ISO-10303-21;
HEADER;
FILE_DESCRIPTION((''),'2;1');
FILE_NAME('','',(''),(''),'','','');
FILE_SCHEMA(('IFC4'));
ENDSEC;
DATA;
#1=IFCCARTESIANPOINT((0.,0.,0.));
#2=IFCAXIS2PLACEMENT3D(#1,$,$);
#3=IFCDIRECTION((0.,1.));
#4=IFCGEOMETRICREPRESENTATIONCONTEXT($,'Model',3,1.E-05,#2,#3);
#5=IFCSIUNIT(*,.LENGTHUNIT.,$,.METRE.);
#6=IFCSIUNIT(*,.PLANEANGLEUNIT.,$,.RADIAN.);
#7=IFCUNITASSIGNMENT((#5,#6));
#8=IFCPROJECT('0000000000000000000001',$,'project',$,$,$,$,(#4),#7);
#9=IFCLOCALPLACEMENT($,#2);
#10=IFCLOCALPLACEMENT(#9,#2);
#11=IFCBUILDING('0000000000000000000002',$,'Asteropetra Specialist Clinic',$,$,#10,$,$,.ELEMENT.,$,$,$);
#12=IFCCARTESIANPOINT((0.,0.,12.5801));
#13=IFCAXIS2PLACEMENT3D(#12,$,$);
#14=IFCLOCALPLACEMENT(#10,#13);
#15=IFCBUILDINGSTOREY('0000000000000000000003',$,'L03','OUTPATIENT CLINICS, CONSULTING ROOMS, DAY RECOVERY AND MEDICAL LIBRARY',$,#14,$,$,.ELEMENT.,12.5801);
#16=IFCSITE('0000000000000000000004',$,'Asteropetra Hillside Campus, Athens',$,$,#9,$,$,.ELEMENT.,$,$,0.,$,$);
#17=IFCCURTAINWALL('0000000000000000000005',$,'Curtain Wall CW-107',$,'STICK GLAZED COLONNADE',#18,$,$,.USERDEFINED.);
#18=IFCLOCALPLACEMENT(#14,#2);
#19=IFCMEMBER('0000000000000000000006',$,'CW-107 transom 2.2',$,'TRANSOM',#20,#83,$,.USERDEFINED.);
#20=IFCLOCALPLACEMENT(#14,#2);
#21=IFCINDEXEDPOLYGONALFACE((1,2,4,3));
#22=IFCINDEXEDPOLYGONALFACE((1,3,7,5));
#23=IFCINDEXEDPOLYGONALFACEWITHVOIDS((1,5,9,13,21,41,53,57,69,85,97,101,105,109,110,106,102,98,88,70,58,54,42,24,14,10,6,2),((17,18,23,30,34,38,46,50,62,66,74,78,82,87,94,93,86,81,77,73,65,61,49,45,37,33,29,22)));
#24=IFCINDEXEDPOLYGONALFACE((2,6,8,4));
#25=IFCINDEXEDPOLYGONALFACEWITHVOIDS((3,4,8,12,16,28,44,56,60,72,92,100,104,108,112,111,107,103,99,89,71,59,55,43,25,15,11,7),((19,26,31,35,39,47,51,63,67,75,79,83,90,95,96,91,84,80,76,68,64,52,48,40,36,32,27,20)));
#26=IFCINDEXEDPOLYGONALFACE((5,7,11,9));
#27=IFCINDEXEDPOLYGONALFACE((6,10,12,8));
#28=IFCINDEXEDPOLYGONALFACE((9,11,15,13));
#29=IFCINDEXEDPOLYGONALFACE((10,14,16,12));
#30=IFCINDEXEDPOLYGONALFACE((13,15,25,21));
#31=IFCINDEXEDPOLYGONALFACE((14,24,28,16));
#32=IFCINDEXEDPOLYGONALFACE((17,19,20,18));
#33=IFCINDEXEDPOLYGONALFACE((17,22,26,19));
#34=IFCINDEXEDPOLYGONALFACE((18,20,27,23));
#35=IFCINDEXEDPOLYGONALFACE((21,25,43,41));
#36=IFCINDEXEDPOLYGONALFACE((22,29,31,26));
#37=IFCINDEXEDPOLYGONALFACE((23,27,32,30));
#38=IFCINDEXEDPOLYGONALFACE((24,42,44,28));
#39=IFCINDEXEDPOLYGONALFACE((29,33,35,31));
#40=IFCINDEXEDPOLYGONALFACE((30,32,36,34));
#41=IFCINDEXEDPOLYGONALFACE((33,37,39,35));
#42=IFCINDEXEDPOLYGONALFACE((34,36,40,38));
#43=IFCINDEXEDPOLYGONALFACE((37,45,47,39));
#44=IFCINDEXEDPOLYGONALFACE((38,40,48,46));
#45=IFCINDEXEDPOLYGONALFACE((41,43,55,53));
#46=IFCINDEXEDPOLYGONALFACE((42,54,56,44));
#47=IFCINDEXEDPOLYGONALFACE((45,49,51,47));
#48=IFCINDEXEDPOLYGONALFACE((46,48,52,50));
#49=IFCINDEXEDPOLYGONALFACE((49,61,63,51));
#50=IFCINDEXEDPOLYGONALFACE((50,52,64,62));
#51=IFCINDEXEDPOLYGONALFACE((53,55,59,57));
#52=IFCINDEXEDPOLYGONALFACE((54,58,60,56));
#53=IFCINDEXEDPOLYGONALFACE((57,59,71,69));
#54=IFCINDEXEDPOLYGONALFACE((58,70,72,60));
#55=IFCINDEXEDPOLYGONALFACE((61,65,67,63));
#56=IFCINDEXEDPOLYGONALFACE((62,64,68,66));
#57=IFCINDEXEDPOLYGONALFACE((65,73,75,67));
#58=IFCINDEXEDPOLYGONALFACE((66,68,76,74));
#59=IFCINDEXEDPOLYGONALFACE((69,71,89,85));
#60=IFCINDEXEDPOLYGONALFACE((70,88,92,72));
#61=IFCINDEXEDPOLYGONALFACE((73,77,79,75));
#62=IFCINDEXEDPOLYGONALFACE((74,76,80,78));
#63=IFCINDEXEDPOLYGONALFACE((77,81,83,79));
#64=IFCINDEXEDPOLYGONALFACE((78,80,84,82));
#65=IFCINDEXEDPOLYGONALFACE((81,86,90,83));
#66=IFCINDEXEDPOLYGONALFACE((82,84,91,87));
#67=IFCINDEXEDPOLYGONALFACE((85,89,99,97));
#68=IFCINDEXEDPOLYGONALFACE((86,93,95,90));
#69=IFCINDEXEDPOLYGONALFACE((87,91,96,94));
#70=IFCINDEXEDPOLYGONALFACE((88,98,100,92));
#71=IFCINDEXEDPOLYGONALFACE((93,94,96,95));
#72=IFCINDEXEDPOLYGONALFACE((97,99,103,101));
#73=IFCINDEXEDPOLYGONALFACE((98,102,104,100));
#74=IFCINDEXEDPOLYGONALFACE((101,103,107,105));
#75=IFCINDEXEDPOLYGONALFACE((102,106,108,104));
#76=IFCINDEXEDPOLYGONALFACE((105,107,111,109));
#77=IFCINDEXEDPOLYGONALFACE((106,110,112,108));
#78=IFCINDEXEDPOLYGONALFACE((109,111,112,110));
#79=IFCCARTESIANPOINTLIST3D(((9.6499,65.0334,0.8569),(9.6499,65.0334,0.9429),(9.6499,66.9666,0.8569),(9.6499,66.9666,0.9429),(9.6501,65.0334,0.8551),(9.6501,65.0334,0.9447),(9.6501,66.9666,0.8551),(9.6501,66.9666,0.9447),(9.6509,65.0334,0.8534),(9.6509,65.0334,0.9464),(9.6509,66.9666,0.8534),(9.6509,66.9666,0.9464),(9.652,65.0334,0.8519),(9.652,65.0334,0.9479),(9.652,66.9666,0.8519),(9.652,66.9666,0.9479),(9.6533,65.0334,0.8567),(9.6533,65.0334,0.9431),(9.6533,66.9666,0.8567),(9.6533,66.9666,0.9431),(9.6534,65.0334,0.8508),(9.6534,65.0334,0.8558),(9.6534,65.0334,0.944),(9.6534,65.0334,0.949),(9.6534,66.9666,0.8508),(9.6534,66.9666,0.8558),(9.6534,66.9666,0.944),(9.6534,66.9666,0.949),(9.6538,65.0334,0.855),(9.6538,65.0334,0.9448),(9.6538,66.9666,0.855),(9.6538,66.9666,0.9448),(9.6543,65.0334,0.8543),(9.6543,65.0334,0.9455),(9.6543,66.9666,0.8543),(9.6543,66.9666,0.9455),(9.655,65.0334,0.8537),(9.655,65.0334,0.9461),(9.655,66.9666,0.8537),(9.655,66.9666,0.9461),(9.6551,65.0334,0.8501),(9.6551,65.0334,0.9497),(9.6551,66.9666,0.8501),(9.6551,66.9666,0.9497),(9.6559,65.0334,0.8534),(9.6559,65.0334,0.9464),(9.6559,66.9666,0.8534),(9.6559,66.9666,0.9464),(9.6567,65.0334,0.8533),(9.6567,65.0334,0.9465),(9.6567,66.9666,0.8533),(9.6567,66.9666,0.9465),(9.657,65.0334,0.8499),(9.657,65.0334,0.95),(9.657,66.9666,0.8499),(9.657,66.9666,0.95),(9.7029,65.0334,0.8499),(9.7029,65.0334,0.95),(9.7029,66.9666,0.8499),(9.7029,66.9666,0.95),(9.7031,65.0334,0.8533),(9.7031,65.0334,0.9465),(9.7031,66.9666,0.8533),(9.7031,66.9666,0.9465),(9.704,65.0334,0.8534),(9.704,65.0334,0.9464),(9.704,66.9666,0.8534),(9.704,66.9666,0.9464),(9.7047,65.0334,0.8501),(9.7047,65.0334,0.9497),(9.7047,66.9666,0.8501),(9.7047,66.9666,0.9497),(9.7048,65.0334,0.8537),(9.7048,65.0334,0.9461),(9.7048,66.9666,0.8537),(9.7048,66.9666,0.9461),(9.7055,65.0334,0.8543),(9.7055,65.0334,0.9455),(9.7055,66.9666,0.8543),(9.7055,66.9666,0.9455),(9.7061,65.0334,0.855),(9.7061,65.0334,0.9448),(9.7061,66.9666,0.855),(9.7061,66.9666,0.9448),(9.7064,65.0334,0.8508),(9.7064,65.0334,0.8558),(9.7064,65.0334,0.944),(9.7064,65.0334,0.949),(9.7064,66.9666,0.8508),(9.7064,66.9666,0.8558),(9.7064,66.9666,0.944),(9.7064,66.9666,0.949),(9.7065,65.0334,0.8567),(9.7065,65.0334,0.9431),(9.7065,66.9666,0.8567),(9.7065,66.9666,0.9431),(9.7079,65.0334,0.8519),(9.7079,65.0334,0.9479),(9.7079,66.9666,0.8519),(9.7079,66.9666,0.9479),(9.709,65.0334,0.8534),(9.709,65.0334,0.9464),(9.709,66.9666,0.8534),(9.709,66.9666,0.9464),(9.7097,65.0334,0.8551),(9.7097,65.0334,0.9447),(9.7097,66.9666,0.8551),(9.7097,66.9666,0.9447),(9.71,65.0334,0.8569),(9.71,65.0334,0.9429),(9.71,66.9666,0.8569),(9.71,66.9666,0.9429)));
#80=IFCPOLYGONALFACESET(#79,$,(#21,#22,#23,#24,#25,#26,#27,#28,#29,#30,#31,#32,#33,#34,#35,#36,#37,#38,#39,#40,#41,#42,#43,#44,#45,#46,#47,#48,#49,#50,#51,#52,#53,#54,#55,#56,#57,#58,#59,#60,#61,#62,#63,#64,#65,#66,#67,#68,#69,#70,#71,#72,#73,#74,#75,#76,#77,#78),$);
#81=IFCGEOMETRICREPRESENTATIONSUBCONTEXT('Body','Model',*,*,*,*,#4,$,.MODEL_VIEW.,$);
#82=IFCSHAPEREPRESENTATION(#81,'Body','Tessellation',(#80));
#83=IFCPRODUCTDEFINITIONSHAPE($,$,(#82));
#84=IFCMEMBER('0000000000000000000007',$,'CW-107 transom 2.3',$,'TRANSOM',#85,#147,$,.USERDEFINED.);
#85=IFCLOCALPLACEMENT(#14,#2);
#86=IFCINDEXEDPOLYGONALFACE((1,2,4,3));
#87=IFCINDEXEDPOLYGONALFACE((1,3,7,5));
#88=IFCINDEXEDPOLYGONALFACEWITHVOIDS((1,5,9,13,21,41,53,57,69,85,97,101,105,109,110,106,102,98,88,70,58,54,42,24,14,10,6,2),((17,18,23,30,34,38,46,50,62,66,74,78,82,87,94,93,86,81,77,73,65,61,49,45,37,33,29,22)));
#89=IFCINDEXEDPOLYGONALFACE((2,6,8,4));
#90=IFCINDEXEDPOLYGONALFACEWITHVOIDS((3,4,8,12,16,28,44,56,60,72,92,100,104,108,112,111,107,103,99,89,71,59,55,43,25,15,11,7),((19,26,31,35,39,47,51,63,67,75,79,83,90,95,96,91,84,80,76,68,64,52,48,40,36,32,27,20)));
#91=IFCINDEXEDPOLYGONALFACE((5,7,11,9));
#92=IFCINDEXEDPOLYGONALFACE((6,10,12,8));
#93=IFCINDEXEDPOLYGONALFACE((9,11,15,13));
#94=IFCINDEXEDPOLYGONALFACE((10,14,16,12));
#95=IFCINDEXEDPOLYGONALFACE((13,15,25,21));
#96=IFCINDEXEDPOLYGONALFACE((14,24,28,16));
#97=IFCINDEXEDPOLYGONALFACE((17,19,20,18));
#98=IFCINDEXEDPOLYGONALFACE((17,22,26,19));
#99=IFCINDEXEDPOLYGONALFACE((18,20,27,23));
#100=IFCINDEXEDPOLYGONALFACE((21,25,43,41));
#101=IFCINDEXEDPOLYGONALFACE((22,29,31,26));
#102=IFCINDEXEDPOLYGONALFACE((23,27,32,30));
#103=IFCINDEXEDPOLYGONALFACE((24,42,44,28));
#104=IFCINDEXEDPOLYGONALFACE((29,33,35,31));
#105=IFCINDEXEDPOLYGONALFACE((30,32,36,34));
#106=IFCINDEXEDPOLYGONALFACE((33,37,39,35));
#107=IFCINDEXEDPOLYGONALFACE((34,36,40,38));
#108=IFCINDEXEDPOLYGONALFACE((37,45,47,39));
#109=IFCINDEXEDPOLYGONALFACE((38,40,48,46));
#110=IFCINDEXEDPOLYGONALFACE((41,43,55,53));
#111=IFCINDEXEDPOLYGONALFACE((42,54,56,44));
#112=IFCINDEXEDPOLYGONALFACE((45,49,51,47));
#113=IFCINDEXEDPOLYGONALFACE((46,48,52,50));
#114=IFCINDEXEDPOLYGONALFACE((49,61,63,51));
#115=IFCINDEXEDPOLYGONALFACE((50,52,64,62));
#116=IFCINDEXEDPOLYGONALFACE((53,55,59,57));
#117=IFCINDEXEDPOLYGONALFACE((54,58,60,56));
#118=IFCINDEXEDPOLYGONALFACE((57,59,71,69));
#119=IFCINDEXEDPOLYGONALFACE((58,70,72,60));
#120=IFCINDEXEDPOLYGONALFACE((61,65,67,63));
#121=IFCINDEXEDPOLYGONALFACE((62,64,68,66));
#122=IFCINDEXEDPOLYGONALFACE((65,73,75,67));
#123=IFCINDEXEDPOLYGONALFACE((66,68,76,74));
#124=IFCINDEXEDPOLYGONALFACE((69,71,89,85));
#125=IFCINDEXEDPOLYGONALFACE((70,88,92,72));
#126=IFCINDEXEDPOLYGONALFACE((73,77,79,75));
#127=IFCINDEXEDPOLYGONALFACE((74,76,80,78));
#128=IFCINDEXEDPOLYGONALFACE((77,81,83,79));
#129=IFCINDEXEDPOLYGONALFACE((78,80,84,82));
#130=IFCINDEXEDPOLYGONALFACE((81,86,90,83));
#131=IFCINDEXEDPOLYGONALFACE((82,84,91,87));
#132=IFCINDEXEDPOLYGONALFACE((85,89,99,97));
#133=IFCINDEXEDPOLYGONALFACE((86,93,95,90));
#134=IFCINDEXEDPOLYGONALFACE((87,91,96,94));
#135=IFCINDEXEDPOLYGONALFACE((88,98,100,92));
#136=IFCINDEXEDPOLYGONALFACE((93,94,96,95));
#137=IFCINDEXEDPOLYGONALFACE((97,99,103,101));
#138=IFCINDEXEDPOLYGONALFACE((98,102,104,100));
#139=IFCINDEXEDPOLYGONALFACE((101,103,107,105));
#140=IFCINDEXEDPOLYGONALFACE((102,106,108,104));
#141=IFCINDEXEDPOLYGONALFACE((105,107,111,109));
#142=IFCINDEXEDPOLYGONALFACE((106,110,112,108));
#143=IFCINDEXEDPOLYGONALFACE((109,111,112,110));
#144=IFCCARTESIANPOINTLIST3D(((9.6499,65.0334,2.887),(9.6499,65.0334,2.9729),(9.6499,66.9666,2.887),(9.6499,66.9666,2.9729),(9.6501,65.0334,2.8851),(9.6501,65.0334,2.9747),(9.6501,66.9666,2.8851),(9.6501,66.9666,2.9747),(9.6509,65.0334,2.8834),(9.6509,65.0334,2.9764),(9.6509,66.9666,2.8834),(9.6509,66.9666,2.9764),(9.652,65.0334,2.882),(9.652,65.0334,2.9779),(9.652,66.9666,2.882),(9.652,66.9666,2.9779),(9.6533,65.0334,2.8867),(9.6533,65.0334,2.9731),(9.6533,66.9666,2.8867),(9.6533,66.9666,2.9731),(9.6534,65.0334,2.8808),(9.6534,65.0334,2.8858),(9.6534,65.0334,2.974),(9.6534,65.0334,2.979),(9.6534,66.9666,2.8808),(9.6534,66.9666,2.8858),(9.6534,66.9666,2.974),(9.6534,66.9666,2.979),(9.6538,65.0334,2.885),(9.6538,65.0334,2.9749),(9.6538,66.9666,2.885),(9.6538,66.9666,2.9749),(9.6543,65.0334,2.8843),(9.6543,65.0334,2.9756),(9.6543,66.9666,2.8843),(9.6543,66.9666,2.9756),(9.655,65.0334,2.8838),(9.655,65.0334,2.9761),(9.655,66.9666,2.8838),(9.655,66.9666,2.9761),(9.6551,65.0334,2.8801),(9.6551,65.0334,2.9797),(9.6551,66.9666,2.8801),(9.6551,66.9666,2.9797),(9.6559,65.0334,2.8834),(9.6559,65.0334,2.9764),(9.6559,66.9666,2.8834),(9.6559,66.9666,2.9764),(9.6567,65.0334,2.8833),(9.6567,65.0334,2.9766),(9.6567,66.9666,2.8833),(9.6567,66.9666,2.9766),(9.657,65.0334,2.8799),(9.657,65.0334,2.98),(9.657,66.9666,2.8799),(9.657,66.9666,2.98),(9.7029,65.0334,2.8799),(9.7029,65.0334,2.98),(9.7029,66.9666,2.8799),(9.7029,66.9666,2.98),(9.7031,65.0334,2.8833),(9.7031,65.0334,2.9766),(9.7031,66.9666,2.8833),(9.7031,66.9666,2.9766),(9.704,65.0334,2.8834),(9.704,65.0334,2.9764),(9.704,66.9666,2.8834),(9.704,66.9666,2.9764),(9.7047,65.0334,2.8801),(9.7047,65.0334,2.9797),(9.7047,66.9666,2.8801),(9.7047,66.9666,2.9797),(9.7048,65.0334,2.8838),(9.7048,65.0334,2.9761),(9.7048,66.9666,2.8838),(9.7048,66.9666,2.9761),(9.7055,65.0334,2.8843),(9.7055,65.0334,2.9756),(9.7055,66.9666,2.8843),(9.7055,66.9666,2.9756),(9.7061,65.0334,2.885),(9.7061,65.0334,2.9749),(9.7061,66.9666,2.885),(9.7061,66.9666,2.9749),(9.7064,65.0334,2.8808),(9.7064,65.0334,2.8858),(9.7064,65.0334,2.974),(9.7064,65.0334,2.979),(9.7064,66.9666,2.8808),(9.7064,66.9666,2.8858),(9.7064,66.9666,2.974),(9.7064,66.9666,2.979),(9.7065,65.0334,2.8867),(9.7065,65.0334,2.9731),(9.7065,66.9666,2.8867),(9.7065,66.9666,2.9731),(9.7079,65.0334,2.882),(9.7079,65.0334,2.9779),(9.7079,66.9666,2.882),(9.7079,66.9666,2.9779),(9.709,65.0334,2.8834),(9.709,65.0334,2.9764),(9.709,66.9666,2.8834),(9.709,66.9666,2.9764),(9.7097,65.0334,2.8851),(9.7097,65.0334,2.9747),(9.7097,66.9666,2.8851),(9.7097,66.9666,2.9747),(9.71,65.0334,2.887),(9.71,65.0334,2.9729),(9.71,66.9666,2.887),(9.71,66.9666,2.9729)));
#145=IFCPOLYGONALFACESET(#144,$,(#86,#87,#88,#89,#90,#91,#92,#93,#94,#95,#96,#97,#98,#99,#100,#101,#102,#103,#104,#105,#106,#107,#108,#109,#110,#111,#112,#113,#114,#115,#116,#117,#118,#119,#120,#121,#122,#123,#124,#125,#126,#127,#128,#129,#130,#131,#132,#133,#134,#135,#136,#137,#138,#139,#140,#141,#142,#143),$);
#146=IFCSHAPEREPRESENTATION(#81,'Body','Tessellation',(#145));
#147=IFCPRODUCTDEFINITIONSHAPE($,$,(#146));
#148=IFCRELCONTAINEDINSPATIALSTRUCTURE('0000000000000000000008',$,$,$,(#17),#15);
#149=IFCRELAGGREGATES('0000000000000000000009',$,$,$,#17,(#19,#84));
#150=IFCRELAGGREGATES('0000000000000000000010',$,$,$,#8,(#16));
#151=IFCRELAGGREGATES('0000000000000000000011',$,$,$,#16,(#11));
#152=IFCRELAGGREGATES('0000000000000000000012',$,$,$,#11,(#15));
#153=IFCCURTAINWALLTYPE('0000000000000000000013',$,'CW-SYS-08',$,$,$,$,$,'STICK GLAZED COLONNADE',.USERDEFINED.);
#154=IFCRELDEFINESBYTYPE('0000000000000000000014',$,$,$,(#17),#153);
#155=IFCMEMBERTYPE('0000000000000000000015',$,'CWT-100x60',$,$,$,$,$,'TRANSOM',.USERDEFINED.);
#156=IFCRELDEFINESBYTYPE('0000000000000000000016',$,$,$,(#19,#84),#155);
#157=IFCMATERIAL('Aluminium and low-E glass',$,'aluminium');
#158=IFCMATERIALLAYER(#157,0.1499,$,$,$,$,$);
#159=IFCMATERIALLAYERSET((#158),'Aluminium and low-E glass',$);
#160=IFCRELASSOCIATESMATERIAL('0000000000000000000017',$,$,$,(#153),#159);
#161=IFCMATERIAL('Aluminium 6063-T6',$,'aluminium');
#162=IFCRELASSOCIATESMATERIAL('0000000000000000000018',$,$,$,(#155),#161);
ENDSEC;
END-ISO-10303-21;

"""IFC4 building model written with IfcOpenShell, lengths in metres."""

from ifc_helpers import new_model, si_unit, direction, frame, origin, origin_2d, place, context, subcontext, project, spatial, hollow_rectangle, extrude, material, layer, layer_set, material_profile, profile_set, type_object, element, aggregate, save


model = new_model("IFC4")

# Units and contexts
model_context = context("Model", 3, precision=1e-05, world=origin(), true_north=direction((0.0, 1.0)))
body_context = subcontext(model_context, "Body", "Model", "MODEL_VIEW")
ifc_project = project(units=[si_unit("LENGTHUNIT", "METRE"), si_unit("PLANEANGLEUNIT", "RADIAN")], contexts=[model_context])

# Site, building, storey
site_placement = place(None, origin())
site = spatial("IfcSite", under=ifc_project, at=site_placement, Name="Asteropetra Hillside Campus, Athens", CompositionType="ELEMENT", RefElevation=0.0)
building_placement = place(site_placement, origin())
building = spatial("IfcBuilding", under=site, at=building_placement, Name="Asteropetra Specialist Clinic", CompositionType="ELEMENT")
storey_placement = place(building_placement, frame((0.0, 0.0, 12.5801)))
storey = spatial("IfcBuildingStorey", under=building, at=storey_placement, Name="L03", Description="OUTPATIENT CLINICS, CONSULTING ROOMS, DAY RECOVERY AND MEDICAL LIBRARY", CompositionType="ELEMENT", Elevation=12.5801)

# Curtain wall, members
ifc_material_1 = material(Name="Aluminium and low-E glass", Category="aluminium")
ifc_layer_1 = layer(ifc_material_1, 0.1499)
ifc_layer_set_1 = layer_set([ifc_layer_1], Name="Aluminium and low-E glass")
curtain_wall_type = type_object("IfcCurtainWallType", Name="CW-SYS-08", ElementType="STICK GLAZED COLONNADE", PredefinedType="USERDEFINED", material=ifc_layer_set_1)
curtain_wall_placement = place(storey_placement, origin())
curtain_wall = element("IfcCurtainWall", 1, at=curtain_wall_placement, inside=storey, type_object=curtain_wall_type, Name="Curtain Wall CW-107", ObjectType="STICK GLAZED COLONNADE", PredefinedType="USERDEFINED")
ifc_material_2 = material(Name="Aluminium 6063-T6", Category="aluminium")
ifc_material_profile_1 = material_profile(ifc_material_2, hollow_rectangle(XDim=0.0601, YDim=0.1001, WallThickness=0.0034, InnerFilletRadius=0.0034, OuterFilletRadius=0.0071, at=origin_2d()), Name="TRN 100x60x3.5")
ifc_profile_set_1 = profile_set([ifc_material_profile_1], Name="Aluminium 6063-T6")
member_type_1 = type_object("IfcMemberType", Name="CWT-100x60", ElementType="TRANSOM", PredefinedType="USERDEFINED", material=ifc_profile_set_1)
member_1_placement = place(storey_placement, frame((9.6799, 65.0334, 0.8999), z_axis=(0.0, 1.0, 0.0), x_axis=(-1.0, 0.0, 0.0)))
member_1 = element("IfcMember", 2, at=member_1_placement, type_object=member_type_1, Name="CW-107 transom 2.2", ObjectType="TRANSOM", PredefinedType="USERDEFINED", context=body_context, shape_type="SweptSolid", body=[
    extrude(hollow_rectangle(XDim=0.0601, YDim=0.1001, WallThickness=0.0034, InnerFilletRadius=0.0034, OuterFilletRadius=0.0071, at=origin_2d()), origin(), (0.0, 0.0, 1.0), 1.9331),
])
member_2_placement = place(storey_placement, frame((9.6799, 65.0334, 2.9299), z_axis=(0.0, 1.0, 0.0), x_axis=(-1.0, 0.0, 0.0)))
member_2 = element("IfcMember", 3, at=member_2_placement, type_object=member_type_1, Name="CW-107 transom 2.3", ObjectType="TRANSOM", PredefinedType="USERDEFINED", context=body_context, shape_type="SweptSolid", body=[
    extrude(hollow_rectangle(XDim=0.0601, YDim=0.1001, WallThickness=0.0034, InnerFilletRadius=0.0034, OuterFilletRadius=0.0071, at=origin_2d()), origin(), (0.0, 0.0, 1.0), 1.9331),
])

aggregate(curtain_wall, [member_1, member_2])

save(model, "model.ifc")
